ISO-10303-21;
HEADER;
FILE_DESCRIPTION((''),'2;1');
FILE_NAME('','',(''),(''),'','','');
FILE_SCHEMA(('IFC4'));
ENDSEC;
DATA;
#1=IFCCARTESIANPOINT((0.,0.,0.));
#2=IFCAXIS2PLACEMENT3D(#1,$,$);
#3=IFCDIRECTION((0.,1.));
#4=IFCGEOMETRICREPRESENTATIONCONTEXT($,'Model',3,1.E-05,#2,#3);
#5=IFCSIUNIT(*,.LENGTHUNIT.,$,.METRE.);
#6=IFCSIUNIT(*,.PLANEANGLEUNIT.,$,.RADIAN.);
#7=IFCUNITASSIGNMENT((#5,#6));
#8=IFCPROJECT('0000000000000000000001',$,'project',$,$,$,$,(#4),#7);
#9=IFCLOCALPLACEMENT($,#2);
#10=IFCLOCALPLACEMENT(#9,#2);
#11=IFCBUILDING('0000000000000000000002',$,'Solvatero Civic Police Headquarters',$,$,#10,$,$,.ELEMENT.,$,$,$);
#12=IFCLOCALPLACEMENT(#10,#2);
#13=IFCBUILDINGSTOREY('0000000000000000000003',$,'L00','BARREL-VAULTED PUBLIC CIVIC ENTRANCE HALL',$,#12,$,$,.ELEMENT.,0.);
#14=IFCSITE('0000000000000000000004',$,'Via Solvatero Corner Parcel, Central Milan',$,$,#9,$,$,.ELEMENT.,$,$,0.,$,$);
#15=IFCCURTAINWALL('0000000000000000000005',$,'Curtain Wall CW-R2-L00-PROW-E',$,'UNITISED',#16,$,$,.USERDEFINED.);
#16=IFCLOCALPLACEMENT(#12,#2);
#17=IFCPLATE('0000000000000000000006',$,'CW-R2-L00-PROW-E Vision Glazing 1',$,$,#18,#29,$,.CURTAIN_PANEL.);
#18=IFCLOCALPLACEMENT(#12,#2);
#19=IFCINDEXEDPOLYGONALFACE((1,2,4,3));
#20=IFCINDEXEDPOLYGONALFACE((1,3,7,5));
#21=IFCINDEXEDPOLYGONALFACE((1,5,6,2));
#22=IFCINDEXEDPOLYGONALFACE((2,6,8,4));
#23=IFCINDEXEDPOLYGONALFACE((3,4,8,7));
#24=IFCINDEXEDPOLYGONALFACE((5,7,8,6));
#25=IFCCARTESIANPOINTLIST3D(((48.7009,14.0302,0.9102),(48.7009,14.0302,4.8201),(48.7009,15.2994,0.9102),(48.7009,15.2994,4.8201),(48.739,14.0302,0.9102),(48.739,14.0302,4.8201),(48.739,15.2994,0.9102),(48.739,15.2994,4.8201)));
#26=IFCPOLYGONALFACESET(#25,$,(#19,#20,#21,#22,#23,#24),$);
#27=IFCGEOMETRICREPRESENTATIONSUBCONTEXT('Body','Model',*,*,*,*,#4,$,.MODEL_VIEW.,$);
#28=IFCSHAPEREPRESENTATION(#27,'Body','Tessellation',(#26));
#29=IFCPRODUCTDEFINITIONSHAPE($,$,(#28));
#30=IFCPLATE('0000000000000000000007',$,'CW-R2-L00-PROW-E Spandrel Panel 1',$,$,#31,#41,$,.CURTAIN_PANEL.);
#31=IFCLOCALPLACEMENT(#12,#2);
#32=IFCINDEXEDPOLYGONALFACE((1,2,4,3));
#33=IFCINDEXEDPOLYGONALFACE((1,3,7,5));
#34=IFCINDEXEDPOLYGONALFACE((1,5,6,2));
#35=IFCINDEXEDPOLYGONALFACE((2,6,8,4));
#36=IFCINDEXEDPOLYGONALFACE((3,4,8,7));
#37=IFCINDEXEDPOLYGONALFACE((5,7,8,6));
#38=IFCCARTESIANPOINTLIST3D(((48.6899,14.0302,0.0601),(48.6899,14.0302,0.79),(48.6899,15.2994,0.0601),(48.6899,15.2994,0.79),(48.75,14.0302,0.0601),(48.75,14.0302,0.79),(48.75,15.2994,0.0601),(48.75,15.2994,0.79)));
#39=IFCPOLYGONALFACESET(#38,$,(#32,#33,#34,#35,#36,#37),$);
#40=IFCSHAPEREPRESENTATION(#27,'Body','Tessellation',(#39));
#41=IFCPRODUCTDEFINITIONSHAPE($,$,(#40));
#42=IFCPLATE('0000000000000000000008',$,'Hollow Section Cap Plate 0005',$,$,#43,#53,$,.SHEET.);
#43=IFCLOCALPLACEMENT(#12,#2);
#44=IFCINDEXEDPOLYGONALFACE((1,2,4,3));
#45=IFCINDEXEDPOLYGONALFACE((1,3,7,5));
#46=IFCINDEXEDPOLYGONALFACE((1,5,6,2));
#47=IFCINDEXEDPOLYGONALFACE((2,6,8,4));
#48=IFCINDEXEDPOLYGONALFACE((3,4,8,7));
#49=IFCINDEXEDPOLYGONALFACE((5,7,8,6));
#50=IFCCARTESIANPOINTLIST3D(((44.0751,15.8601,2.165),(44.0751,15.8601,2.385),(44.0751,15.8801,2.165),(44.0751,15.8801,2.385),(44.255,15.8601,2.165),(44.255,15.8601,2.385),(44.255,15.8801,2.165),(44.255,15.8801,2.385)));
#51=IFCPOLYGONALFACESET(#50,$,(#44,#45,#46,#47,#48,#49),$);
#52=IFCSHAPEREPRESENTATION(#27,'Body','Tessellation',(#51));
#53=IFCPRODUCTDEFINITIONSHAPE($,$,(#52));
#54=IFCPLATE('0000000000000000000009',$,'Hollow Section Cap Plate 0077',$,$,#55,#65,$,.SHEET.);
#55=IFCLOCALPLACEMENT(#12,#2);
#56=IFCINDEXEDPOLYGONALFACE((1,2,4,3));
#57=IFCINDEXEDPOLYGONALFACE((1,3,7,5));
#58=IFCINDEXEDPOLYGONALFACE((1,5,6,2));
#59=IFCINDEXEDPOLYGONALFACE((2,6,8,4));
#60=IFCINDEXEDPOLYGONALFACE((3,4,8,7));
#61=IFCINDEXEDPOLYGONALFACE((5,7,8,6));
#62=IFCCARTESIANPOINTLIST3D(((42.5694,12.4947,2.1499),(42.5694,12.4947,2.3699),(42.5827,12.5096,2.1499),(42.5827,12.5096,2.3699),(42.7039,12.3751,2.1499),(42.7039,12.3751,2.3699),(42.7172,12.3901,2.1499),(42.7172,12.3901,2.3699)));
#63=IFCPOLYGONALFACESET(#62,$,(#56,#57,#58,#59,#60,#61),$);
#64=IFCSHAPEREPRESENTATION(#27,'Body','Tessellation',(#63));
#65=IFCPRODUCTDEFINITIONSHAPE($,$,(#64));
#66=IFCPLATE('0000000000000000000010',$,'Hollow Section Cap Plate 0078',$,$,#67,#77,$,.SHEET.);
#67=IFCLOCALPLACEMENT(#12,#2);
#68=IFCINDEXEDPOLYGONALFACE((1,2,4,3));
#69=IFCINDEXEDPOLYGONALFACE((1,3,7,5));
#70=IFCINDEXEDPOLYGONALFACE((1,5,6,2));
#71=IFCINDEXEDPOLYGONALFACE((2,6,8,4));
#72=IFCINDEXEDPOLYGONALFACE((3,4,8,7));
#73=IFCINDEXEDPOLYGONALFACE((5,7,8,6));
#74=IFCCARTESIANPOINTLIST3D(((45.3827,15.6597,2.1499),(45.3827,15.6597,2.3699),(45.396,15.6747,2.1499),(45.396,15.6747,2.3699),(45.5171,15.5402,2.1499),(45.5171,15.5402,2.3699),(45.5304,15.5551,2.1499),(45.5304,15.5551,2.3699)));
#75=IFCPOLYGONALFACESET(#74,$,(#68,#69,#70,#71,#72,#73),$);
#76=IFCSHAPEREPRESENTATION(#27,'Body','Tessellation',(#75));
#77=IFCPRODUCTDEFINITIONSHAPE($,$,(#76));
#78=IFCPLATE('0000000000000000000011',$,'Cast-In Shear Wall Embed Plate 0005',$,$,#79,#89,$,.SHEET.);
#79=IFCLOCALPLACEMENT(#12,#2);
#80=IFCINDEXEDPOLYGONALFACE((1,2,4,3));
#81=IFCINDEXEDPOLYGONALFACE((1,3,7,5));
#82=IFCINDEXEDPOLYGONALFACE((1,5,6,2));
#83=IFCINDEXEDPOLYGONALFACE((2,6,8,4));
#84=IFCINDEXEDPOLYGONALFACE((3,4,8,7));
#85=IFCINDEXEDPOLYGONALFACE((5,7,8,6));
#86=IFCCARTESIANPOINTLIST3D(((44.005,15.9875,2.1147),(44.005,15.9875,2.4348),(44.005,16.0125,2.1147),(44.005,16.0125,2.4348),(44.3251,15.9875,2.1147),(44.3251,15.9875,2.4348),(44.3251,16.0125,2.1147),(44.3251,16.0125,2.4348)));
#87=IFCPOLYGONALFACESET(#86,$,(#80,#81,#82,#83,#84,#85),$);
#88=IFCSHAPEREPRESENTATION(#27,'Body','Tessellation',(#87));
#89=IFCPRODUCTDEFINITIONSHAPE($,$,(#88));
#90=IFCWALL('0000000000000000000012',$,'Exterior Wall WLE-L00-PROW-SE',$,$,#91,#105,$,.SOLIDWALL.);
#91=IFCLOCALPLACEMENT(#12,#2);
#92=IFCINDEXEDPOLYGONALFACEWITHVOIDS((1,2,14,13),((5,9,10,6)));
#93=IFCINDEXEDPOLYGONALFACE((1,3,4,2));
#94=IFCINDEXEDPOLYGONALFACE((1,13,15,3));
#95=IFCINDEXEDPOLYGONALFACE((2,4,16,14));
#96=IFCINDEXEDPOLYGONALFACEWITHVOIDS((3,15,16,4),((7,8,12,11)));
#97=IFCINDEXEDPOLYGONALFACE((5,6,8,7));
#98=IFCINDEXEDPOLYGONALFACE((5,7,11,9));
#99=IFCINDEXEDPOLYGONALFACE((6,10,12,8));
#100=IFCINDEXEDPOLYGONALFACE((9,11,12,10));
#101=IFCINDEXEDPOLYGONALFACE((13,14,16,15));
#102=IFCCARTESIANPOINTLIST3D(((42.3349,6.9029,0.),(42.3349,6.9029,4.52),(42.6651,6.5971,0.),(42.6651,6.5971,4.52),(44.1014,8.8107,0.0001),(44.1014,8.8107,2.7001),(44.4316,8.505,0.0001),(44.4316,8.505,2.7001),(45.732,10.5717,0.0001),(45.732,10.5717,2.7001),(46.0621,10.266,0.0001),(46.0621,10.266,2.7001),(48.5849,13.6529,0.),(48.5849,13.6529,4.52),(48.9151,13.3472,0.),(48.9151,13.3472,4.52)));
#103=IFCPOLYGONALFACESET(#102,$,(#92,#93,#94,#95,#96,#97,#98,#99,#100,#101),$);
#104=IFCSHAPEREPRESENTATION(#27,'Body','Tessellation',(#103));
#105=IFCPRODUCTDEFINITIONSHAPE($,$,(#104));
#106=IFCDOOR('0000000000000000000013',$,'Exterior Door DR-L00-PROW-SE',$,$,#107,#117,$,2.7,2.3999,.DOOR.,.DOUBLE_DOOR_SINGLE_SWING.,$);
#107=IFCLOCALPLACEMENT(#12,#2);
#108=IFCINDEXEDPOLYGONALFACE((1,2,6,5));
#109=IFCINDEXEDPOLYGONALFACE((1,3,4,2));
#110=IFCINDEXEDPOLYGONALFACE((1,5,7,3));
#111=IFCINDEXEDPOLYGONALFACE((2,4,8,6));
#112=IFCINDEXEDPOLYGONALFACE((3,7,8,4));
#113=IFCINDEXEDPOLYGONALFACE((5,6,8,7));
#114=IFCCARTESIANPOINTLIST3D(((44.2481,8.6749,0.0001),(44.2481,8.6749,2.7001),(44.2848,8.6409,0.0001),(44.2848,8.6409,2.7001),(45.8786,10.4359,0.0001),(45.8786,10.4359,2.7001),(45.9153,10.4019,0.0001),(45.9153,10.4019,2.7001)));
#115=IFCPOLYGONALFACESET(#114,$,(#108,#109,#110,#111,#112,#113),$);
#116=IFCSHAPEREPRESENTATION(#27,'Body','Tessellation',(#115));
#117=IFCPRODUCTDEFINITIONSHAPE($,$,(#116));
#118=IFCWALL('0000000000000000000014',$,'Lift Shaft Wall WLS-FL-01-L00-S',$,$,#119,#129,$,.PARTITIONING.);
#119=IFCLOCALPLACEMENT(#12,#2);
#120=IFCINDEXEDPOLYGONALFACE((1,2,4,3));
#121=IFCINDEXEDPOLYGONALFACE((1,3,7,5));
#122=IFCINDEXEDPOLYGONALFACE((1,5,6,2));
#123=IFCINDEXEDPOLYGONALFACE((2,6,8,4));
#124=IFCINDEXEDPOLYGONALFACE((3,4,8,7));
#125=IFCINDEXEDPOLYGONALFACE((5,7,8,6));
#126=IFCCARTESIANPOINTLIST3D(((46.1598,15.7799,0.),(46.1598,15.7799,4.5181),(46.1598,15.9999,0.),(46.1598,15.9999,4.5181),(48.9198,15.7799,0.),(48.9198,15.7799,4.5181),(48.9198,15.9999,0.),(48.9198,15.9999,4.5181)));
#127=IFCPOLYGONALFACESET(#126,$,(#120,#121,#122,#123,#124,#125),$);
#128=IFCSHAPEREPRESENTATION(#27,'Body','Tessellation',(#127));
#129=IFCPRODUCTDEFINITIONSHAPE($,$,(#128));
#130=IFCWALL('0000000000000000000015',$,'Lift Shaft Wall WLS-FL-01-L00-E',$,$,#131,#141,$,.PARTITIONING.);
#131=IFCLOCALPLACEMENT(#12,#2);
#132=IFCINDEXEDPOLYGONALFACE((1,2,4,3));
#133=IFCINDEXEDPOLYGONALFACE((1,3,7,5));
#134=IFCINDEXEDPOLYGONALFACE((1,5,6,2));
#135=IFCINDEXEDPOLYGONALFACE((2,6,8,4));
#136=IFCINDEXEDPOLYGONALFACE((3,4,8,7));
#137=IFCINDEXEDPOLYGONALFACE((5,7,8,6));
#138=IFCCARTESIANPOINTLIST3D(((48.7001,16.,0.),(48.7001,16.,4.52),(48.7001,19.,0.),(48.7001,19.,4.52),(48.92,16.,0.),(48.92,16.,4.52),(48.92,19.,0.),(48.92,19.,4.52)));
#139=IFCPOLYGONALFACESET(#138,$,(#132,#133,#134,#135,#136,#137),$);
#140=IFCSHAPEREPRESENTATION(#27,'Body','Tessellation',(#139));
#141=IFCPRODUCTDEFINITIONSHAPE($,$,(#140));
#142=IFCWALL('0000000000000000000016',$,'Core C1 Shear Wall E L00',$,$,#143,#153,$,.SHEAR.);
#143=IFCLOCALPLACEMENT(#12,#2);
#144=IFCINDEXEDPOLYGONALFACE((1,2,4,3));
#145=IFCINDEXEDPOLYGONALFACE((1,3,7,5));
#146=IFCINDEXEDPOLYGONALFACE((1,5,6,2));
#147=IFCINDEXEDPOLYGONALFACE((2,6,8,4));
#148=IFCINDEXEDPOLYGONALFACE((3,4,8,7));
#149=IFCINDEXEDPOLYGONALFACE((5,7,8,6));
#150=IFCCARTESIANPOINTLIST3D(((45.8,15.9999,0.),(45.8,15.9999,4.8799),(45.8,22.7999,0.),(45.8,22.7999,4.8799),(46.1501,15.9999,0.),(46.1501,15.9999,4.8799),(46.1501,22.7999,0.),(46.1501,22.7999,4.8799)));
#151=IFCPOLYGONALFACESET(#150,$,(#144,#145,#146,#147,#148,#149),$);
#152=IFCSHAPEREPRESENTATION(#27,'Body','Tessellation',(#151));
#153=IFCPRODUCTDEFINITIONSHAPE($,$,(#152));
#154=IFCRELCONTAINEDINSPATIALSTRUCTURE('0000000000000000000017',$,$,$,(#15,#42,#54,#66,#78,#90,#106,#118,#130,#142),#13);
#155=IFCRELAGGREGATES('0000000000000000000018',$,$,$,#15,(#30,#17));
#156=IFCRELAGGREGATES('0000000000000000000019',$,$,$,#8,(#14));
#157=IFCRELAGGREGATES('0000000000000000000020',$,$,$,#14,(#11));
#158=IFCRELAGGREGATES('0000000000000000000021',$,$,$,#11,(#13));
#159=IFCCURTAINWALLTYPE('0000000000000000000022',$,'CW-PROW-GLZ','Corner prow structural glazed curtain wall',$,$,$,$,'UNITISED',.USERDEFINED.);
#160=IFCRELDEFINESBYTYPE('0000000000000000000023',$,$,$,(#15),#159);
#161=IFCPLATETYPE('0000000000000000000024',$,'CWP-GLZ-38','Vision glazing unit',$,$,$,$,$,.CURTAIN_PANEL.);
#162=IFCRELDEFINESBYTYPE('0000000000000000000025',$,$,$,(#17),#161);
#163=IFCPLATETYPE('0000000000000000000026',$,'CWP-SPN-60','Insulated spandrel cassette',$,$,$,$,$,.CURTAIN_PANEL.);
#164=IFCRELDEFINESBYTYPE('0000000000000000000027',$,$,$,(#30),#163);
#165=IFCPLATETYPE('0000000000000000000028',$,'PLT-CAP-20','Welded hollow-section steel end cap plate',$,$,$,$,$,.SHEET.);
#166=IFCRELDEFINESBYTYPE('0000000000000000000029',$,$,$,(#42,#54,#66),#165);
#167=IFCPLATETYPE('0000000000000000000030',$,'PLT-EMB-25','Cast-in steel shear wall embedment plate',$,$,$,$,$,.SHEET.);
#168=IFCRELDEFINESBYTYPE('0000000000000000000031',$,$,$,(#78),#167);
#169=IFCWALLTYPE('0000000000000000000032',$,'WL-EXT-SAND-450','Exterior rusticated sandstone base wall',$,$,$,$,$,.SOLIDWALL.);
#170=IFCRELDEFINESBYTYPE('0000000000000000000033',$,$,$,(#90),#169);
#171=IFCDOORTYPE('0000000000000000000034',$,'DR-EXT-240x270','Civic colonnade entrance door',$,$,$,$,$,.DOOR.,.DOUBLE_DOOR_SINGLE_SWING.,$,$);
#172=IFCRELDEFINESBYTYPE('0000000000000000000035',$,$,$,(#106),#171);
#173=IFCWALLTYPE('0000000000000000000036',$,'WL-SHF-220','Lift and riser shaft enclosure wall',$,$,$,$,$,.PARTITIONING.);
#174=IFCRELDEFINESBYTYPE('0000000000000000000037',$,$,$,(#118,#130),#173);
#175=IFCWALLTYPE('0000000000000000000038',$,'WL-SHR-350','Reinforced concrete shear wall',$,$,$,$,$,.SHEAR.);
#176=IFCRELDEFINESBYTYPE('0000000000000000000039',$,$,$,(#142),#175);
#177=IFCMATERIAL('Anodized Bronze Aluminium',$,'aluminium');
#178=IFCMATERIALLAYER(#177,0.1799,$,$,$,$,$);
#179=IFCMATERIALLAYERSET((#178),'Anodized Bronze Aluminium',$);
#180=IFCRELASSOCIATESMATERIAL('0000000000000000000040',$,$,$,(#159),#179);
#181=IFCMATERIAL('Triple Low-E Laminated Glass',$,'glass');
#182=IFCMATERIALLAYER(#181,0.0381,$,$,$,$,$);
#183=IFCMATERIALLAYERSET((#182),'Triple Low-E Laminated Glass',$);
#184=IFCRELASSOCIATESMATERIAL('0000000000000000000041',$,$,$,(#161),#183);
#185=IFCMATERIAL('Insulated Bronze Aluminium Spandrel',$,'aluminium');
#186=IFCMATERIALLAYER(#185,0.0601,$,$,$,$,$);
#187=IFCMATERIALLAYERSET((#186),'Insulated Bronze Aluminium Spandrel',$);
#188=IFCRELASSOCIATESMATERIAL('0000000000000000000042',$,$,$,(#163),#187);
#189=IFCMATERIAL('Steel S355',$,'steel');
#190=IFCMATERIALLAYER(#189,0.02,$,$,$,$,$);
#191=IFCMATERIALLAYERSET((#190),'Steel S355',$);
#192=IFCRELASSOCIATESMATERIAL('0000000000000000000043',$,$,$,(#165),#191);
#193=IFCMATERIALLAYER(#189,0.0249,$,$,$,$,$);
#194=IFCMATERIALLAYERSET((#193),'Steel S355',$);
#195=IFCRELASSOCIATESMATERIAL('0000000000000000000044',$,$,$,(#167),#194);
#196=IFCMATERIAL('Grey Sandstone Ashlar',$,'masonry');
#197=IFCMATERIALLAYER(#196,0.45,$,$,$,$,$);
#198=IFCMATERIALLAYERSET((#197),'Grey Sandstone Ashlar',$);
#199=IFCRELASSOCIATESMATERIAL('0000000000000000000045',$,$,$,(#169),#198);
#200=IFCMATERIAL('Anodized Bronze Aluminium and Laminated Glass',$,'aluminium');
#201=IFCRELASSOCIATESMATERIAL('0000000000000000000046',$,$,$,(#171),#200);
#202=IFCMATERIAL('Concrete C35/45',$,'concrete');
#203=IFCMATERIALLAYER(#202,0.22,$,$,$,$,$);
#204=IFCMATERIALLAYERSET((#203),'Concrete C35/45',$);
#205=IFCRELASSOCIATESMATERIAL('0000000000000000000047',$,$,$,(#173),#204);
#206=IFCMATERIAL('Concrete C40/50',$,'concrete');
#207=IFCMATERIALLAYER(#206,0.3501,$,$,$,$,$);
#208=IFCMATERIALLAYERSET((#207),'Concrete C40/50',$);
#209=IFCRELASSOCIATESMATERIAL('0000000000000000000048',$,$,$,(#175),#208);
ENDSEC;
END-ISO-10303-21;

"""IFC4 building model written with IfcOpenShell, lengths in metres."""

from ifc_helpers import new_model, si_unit, direction, frame, frame_2d, origin, origin_2d, place, context, subcontext, project, spatial, rectangle, extrude, material, layer, layer_set, type_object, element, fill, aggregate, save


model = new_model("IFC4")

# Units and contexts
model_context = context("Model", 3, precision=1e-05, world=origin(), true_north=direction((0.0, 1.0)))
body_context = subcontext(model_context, "Body", "Model", "MODEL_VIEW")
ifc_project = project(units=[si_unit("LENGTHUNIT", "METRE"), si_unit("PLANEANGLEUNIT", "RADIAN")], contexts=[model_context])

# Site, building, storey
site_placement = place(None, origin())
site = spatial("IfcSite", under=ifc_project, at=site_placement, Name="Via Solvatero Corner Parcel, Central Milan", CompositionType="ELEMENT", RefElevation=0.0)
building_placement = place(site_placement, origin())
building = spatial("IfcBuilding", under=site, at=building_placement, Name="Solvatero Civic Police Headquarters", CompositionType="ELEMENT")
storey_placement = place(building_placement, origin())
storey = spatial("IfcBuildingStorey", under=building, at=storey_placement, Name="L00", Description="BARREL-VAULTED PUBLIC CIVIC ENTRANCE HALL", CompositionType="ELEMENT", Elevation=0.0)

# Shared definitions
ifc_material_1 = material(Name="Concrete C40/50", Category="concrete")

# Shared definitions
ifc_material_2 = material(Name="Steel S355", Category="steel")

# Curtain wall
ifc_material_3 = material(Name="Anodized Bronze Aluminium", Category="aluminium")
ifc_layer_1 = layer(ifc_material_3, 0.1799)
ifc_layer_set_1 = layer_set([ifc_layer_1], Name="Anodized Bronze Aluminium")
curtain_wall_type = type_object("IfcCurtainWallType", Name="CW-PROW-GLZ", Description="Corner prow structural glazed curtain wall", ElementType="UNITISED", PredefinedType="USERDEFINED", material=ifc_layer_set_1)
curtain_wall_placement = place(storey_placement, origin())
curtain_wall = element("IfcCurtainWall", 1, at=curtain_wall_placement, inside=storey, type_object=curtain_wall_type, Name="Curtain Wall CW-R2-L00-PROW-E", ObjectType="UNITISED", PredefinedType="USERDEFINED")

# Plates
ifc_material_4 = material(Name="Triple Low-E Laminated Glass", Category="glass")
ifc_layer_2 = layer(ifc_material_4, 0.0381)
ifc_layer_set_2 = layer_set([ifc_layer_2], Name="Triple Low-E Laminated Glass")
plate_type_1 = type_object("IfcPlateType", Name="CWP-GLZ-38", Description="Vision glazing unit", PredefinedType="CURTAIN_PANEL", material=ifc_layer_set_2)
plate_1_placement = place(storey_placement, frame((48.72, 14.6648, 0.9102), z_axis=(0.0, 0.0, 1.0), x_axis=(0.0, 1.0, 0.0)))
plate_1 = element("IfcPlate", 2, at=plate_1_placement, type_object=plate_type_1, Name="CW-R2-L00-PROW-E Vision Glazing 1", PredefinedType="CURTAIN_PANEL", context=body_context, shape_type="SweptSolid", body=[
    extrude(rectangle(XDim=1.2693, YDim=0.0381, at=origin_2d()), origin(), (0.0, 0.0, 1.0), 3.9099),
])
ifc_material_5 = material(Name="Insulated Bronze Aluminium Spandrel", Category="aluminium")
ifc_layer_3 = layer(ifc_material_5, 0.0601)
ifc_layer_set_3 = layer_set([ifc_layer_3], Name="Insulated Bronze Aluminium Spandrel")
plate_type_2 = type_object("IfcPlateType", Name="CWP-SPN-60", Description="Insulated spandrel cassette", PredefinedType="CURTAIN_PANEL", material=ifc_layer_set_3)
plate_2_placement = place(storey_placement, frame((48.72, 14.6648, 0.0601), z_axis=(0.0, 0.0, 1.0), x_axis=(0.0, 1.0, 0.0)))
plate_2 = element("IfcPlate", 3, at=plate_2_placement, type_object=plate_type_2, Name="CW-R2-L00-PROW-E Spandrel Panel 1", PredefinedType="CURTAIN_PANEL", context=body_context, shape_type="SweptSolid", body=[
    extrude(rectangle(XDim=1.2693, YDim=0.0601, at=origin_2d()), origin(), (0.0, 0.0, 1.0), 0.73),
])
aggregate(curtain_wall, [plate_2, plate_1])

# Plates
ifc_layer_4 = layer(ifc_material_2, 0.02)
ifc_layer_set_4 = layer_set([ifc_layer_4], Name="Steel S355")
plate_type_3 = type_object("IfcPlateType", Name="PLT-CAP-20", Description="Welded hollow-section steel end cap plate", PredefinedType="SHEET", material=ifc_layer_set_4)
plate_3_placement = place(storey_placement, frame((44.165, 15.8701, 2.165), z_axis=(0.0, 0.0, 1.0), x_axis=(1.0, 0.0, 0.0)))
element("IfcPlate", 4, at=plate_3_placement, inside=storey, type_object=plate_type_3, Name="Hollow Section Cap Plate 0005", PredefinedType="SHEET", context=body_context, shape_type="SweptSolid", body=[
    extrude(rectangle(XDim=0.1799, YDim=0.02, at=origin_2d()), origin(), (0.0, 0.0, 1.0), 0.22),
])
for number, where, z_axis, x_axis, name in (
    (5, (42.6433, 12.4424, 2.1499), (0.0, 0.0, 1.0), (0.66437, 0.747404, 0.0), "Hollow Section Cap Plate 0077"),
    (6, (45.4565, 15.6074, 2.1499), (0.0, 0.0, 1.0), (0.66437, 0.747404, 0.0), "Hollow Section Cap Plate 0078"),
):
    element("IfcPlate", number, at=place(storey_placement, frame(where, z_axis=z_axis, x_axis=x_axis)), inside=storey, type_object=plate_type_3, Name=name, PredefinedType="SHEET", context=body_context, shape_type="SweptSolid", body=[
        extrude(rectangle(XDim=0.02, YDim=0.1799, at=origin_2d()), origin(), (0.0, 0.0, 1.0), 0.22),
    ])
ifc_layer_5 = layer(ifc_material_2, 0.0249)
ifc_layer_set_5 = layer_set([ifc_layer_5], Name="Steel S355")
plate_type_4 = type_object("IfcPlateType", Name="PLT-EMB-25", Description="Cast-in steel shear wall embedment plate", PredefinedType="SHEET", material=ifc_layer_set_5)
plate_4_placement = place(storey_placement, frame((44.165, 16.0, 2.1147), z_axis=(0.0, 0.0, 1.0), x_axis=(1.0, 0.0, 0.0)))
element("IfcPlate", 7, at=plate_4_placement, inside=storey, type_object=plate_type_4, Name="Cast-In Shear Wall Embed Plate 0005", PredefinedType="SHEET", context=body_context, shape_type="SweptSolid", body=[
    extrude(rectangle(XDim=0.3201, YDim=0.0249, at=origin_2d()), origin(), (0.0, 0.0, 1.0), 0.3201),
])

# Wall, opening, door
ifc_material_6 = material(Name="Grey Sandstone Ashlar", Category="masonry")
ifc_layer_6 = layer(ifc_material_6, 0.45)
ifc_layer_set_6 = layer_set([ifc_layer_6], Name="Grey Sandstone Ashlar")
wall_type_1 = type_object("IfcWallType", Name="WL-EXT-SAND-450", Description="Exterior rusticated sandstone base wall", PredefinedType="SOLIDWALL", material=ifc_layer_set_6)
wall_1_placement = place(storey_placement, frame((42.5, 6.75, 0.0), z_axis=(0.0, 0.0, 1.0), x_axis=(0.679408, 0.733761, 0.0)))
wall_1 = element("IfcWall", 8, at=wall_1_placement, inside=storey, type_object=wall_type_1, Name="Exterior Wall WLE-L00-PROW-SE", PredefinedType="SOLIDWALL", context=body_context, shape_type="SweptSolid", body=[
    extrude(rectangle(XDim=9.1992, YDim=0.45, at=frame_2d((4.5996, 0.0))), origin(), (0.0, 0.0, 1.0), 4.52),
])
opening_placement = place(wall_1_placement, frame((5.0, 0.0, 0.0), z_axis=(0.0, 0.0, 1.0), x_axis=(-1.0, 0.0, 0.0)))
opening = element("IfcOpeningElement", 9, at=opening_placement, cuts=wall_1, PredefinedType="OPENING", context=body_context, shape_type="SweptSolid", body=[
    extrude(rectangle(XDim=2.3999, YDim=2.7, at=frame_2d((1.2, 1.3501))), frame((0.0, 0.2349, 0.0), z_axis=(0.0, -1.0, 0.0), x_axis=(1.0, 0.0, 0.0)), (0.0, 0.0, 1.0), 0.47),
])
ifc_material_7 = material(Name="Anodized Bronze Aluminium and Laminated Glass", Category="aluminium")
door_type = type_object("IfcDoorType", Name="DR-EXT-240x270", Description="Civic colonnade entrance door", OperationType="DOUBLE_DOOR_SINGLE_SWING", PredefinedType="DOOR", material=ifc_material_7)
door_placement = place(opening_placement, origin())
door = element("IfcDoor", 10, at=door_placement, inside=storey, type_object=door_type, Name="Exterior Door DR-L00-PROW-SE", OperationType="DOUBLE_DOOR_SINGLE_SWING", OverallHeight=2.7, OverallWidth=2.3999, PredefinedType="DOOR", context=body_context, shape_type="SweptSolid", body=[
    extrude(rectangle(XDim=2.3999, YDim=2.7, at=frame_2d((1.2, 1.3501))), frame((0.0, 0.0249, 0.0), z_axis=(0.0, -1.0, 0.0), x_axis=(1.0, 0.0, 0.0)), (0.0, 0.0, 1.0), 0.05),
])
fill(opening, door)

# Walls
ifc_material_8 = material(Name="Concrete C35/45", Category="concrete")
ifc_layer_7 = layer(ifc_material_8, 0.22)
ifc_layer_set_7 = layer_set([ifc_layer_7], Name="Concrete C35/45")
wall_type_2 = type_object("IfcWallType", Name="WL-SHF-220", Description="Lift and riser shaft enclosure wall", PredefinedType="PARTITIONING", material=ifc_layer_set_7)
wall_2_placement = place(storey_placement, frame((46.1599, 15.8899, 0.0), z_axis=(0.0, 0.0, 1.0), x_axis=(1.0, 0.0, 0.0)))
element("IfcWall", 11, at=wall_2_placement, inside=storey, type_object=wall_type_2, Name="Lift Shaft Wall WLS-FL-01-L00-S", PredefinedType="PARTITIONING", context=body_context, shape_type="SweptSolid", body=[
    extrude(rectangle(XDim=2.76, YDim=0.22, at=frame_2d((1.3799, 0.0))), origin(), (0.0, 0.0, 1.0), 4.5181),
])
wall_3_placement = place(storey_placement, frame((48.8101, 16.0, 0.0), z_axis=(0.0, 0.0, 1.0), x_axis=(0.0, 1.0, 0.0)))
element("IfcWall", 12, at=wall_3_placement, inside=storey, type_object=wall_type_2, Name="Lift Shaft Wall WLS-FL-01-L00-E", PredefinedType="PARTITIONING", context=body_context, shape_type="SweptSolid", body=[
    extrude(rectangle(XDim=3.0, YDim=0.22, at=frame_2d((1.5, 0.0))), origin(), (0.0, 0.0, 1.0), 4.52),
])
ifc_layer_8 = layer(ifc_material_1, 0.3501)
ifc_layer_set_8 = layer_set([ifc_layer_8], Name="Concrete C40/50")
wall_type_3 = type_object("IfcWallType", Name="WL-SHR-350", Description="Reinforced concrete shear wall", PredefinedType="SHEAR", material=ifc_layer_set_8)
wall_4_placement = place(storey_placement, frame((45.9751, 16.0, 0.0), z_axis=(0.0, 0.0, 1.0), x_axis=(0.0, 1.0, 0.0)))
element("IfcWall", 13, at=wall_4_placement, inside=storey, type_object=wall_type_3, Name="Core C1 Shear Wall E L00", PredefinedType="SHEAR", context=body_context, shape_type="SweptSolid", body=[
    extrude(rectangle(XDim=6.8, YDim=0.3501, at=frame_2d((3.3999, 0.0))), origin(), (0.0, 0.0, 1.0), 4.8799),
])

save(model, "model.ifc")
